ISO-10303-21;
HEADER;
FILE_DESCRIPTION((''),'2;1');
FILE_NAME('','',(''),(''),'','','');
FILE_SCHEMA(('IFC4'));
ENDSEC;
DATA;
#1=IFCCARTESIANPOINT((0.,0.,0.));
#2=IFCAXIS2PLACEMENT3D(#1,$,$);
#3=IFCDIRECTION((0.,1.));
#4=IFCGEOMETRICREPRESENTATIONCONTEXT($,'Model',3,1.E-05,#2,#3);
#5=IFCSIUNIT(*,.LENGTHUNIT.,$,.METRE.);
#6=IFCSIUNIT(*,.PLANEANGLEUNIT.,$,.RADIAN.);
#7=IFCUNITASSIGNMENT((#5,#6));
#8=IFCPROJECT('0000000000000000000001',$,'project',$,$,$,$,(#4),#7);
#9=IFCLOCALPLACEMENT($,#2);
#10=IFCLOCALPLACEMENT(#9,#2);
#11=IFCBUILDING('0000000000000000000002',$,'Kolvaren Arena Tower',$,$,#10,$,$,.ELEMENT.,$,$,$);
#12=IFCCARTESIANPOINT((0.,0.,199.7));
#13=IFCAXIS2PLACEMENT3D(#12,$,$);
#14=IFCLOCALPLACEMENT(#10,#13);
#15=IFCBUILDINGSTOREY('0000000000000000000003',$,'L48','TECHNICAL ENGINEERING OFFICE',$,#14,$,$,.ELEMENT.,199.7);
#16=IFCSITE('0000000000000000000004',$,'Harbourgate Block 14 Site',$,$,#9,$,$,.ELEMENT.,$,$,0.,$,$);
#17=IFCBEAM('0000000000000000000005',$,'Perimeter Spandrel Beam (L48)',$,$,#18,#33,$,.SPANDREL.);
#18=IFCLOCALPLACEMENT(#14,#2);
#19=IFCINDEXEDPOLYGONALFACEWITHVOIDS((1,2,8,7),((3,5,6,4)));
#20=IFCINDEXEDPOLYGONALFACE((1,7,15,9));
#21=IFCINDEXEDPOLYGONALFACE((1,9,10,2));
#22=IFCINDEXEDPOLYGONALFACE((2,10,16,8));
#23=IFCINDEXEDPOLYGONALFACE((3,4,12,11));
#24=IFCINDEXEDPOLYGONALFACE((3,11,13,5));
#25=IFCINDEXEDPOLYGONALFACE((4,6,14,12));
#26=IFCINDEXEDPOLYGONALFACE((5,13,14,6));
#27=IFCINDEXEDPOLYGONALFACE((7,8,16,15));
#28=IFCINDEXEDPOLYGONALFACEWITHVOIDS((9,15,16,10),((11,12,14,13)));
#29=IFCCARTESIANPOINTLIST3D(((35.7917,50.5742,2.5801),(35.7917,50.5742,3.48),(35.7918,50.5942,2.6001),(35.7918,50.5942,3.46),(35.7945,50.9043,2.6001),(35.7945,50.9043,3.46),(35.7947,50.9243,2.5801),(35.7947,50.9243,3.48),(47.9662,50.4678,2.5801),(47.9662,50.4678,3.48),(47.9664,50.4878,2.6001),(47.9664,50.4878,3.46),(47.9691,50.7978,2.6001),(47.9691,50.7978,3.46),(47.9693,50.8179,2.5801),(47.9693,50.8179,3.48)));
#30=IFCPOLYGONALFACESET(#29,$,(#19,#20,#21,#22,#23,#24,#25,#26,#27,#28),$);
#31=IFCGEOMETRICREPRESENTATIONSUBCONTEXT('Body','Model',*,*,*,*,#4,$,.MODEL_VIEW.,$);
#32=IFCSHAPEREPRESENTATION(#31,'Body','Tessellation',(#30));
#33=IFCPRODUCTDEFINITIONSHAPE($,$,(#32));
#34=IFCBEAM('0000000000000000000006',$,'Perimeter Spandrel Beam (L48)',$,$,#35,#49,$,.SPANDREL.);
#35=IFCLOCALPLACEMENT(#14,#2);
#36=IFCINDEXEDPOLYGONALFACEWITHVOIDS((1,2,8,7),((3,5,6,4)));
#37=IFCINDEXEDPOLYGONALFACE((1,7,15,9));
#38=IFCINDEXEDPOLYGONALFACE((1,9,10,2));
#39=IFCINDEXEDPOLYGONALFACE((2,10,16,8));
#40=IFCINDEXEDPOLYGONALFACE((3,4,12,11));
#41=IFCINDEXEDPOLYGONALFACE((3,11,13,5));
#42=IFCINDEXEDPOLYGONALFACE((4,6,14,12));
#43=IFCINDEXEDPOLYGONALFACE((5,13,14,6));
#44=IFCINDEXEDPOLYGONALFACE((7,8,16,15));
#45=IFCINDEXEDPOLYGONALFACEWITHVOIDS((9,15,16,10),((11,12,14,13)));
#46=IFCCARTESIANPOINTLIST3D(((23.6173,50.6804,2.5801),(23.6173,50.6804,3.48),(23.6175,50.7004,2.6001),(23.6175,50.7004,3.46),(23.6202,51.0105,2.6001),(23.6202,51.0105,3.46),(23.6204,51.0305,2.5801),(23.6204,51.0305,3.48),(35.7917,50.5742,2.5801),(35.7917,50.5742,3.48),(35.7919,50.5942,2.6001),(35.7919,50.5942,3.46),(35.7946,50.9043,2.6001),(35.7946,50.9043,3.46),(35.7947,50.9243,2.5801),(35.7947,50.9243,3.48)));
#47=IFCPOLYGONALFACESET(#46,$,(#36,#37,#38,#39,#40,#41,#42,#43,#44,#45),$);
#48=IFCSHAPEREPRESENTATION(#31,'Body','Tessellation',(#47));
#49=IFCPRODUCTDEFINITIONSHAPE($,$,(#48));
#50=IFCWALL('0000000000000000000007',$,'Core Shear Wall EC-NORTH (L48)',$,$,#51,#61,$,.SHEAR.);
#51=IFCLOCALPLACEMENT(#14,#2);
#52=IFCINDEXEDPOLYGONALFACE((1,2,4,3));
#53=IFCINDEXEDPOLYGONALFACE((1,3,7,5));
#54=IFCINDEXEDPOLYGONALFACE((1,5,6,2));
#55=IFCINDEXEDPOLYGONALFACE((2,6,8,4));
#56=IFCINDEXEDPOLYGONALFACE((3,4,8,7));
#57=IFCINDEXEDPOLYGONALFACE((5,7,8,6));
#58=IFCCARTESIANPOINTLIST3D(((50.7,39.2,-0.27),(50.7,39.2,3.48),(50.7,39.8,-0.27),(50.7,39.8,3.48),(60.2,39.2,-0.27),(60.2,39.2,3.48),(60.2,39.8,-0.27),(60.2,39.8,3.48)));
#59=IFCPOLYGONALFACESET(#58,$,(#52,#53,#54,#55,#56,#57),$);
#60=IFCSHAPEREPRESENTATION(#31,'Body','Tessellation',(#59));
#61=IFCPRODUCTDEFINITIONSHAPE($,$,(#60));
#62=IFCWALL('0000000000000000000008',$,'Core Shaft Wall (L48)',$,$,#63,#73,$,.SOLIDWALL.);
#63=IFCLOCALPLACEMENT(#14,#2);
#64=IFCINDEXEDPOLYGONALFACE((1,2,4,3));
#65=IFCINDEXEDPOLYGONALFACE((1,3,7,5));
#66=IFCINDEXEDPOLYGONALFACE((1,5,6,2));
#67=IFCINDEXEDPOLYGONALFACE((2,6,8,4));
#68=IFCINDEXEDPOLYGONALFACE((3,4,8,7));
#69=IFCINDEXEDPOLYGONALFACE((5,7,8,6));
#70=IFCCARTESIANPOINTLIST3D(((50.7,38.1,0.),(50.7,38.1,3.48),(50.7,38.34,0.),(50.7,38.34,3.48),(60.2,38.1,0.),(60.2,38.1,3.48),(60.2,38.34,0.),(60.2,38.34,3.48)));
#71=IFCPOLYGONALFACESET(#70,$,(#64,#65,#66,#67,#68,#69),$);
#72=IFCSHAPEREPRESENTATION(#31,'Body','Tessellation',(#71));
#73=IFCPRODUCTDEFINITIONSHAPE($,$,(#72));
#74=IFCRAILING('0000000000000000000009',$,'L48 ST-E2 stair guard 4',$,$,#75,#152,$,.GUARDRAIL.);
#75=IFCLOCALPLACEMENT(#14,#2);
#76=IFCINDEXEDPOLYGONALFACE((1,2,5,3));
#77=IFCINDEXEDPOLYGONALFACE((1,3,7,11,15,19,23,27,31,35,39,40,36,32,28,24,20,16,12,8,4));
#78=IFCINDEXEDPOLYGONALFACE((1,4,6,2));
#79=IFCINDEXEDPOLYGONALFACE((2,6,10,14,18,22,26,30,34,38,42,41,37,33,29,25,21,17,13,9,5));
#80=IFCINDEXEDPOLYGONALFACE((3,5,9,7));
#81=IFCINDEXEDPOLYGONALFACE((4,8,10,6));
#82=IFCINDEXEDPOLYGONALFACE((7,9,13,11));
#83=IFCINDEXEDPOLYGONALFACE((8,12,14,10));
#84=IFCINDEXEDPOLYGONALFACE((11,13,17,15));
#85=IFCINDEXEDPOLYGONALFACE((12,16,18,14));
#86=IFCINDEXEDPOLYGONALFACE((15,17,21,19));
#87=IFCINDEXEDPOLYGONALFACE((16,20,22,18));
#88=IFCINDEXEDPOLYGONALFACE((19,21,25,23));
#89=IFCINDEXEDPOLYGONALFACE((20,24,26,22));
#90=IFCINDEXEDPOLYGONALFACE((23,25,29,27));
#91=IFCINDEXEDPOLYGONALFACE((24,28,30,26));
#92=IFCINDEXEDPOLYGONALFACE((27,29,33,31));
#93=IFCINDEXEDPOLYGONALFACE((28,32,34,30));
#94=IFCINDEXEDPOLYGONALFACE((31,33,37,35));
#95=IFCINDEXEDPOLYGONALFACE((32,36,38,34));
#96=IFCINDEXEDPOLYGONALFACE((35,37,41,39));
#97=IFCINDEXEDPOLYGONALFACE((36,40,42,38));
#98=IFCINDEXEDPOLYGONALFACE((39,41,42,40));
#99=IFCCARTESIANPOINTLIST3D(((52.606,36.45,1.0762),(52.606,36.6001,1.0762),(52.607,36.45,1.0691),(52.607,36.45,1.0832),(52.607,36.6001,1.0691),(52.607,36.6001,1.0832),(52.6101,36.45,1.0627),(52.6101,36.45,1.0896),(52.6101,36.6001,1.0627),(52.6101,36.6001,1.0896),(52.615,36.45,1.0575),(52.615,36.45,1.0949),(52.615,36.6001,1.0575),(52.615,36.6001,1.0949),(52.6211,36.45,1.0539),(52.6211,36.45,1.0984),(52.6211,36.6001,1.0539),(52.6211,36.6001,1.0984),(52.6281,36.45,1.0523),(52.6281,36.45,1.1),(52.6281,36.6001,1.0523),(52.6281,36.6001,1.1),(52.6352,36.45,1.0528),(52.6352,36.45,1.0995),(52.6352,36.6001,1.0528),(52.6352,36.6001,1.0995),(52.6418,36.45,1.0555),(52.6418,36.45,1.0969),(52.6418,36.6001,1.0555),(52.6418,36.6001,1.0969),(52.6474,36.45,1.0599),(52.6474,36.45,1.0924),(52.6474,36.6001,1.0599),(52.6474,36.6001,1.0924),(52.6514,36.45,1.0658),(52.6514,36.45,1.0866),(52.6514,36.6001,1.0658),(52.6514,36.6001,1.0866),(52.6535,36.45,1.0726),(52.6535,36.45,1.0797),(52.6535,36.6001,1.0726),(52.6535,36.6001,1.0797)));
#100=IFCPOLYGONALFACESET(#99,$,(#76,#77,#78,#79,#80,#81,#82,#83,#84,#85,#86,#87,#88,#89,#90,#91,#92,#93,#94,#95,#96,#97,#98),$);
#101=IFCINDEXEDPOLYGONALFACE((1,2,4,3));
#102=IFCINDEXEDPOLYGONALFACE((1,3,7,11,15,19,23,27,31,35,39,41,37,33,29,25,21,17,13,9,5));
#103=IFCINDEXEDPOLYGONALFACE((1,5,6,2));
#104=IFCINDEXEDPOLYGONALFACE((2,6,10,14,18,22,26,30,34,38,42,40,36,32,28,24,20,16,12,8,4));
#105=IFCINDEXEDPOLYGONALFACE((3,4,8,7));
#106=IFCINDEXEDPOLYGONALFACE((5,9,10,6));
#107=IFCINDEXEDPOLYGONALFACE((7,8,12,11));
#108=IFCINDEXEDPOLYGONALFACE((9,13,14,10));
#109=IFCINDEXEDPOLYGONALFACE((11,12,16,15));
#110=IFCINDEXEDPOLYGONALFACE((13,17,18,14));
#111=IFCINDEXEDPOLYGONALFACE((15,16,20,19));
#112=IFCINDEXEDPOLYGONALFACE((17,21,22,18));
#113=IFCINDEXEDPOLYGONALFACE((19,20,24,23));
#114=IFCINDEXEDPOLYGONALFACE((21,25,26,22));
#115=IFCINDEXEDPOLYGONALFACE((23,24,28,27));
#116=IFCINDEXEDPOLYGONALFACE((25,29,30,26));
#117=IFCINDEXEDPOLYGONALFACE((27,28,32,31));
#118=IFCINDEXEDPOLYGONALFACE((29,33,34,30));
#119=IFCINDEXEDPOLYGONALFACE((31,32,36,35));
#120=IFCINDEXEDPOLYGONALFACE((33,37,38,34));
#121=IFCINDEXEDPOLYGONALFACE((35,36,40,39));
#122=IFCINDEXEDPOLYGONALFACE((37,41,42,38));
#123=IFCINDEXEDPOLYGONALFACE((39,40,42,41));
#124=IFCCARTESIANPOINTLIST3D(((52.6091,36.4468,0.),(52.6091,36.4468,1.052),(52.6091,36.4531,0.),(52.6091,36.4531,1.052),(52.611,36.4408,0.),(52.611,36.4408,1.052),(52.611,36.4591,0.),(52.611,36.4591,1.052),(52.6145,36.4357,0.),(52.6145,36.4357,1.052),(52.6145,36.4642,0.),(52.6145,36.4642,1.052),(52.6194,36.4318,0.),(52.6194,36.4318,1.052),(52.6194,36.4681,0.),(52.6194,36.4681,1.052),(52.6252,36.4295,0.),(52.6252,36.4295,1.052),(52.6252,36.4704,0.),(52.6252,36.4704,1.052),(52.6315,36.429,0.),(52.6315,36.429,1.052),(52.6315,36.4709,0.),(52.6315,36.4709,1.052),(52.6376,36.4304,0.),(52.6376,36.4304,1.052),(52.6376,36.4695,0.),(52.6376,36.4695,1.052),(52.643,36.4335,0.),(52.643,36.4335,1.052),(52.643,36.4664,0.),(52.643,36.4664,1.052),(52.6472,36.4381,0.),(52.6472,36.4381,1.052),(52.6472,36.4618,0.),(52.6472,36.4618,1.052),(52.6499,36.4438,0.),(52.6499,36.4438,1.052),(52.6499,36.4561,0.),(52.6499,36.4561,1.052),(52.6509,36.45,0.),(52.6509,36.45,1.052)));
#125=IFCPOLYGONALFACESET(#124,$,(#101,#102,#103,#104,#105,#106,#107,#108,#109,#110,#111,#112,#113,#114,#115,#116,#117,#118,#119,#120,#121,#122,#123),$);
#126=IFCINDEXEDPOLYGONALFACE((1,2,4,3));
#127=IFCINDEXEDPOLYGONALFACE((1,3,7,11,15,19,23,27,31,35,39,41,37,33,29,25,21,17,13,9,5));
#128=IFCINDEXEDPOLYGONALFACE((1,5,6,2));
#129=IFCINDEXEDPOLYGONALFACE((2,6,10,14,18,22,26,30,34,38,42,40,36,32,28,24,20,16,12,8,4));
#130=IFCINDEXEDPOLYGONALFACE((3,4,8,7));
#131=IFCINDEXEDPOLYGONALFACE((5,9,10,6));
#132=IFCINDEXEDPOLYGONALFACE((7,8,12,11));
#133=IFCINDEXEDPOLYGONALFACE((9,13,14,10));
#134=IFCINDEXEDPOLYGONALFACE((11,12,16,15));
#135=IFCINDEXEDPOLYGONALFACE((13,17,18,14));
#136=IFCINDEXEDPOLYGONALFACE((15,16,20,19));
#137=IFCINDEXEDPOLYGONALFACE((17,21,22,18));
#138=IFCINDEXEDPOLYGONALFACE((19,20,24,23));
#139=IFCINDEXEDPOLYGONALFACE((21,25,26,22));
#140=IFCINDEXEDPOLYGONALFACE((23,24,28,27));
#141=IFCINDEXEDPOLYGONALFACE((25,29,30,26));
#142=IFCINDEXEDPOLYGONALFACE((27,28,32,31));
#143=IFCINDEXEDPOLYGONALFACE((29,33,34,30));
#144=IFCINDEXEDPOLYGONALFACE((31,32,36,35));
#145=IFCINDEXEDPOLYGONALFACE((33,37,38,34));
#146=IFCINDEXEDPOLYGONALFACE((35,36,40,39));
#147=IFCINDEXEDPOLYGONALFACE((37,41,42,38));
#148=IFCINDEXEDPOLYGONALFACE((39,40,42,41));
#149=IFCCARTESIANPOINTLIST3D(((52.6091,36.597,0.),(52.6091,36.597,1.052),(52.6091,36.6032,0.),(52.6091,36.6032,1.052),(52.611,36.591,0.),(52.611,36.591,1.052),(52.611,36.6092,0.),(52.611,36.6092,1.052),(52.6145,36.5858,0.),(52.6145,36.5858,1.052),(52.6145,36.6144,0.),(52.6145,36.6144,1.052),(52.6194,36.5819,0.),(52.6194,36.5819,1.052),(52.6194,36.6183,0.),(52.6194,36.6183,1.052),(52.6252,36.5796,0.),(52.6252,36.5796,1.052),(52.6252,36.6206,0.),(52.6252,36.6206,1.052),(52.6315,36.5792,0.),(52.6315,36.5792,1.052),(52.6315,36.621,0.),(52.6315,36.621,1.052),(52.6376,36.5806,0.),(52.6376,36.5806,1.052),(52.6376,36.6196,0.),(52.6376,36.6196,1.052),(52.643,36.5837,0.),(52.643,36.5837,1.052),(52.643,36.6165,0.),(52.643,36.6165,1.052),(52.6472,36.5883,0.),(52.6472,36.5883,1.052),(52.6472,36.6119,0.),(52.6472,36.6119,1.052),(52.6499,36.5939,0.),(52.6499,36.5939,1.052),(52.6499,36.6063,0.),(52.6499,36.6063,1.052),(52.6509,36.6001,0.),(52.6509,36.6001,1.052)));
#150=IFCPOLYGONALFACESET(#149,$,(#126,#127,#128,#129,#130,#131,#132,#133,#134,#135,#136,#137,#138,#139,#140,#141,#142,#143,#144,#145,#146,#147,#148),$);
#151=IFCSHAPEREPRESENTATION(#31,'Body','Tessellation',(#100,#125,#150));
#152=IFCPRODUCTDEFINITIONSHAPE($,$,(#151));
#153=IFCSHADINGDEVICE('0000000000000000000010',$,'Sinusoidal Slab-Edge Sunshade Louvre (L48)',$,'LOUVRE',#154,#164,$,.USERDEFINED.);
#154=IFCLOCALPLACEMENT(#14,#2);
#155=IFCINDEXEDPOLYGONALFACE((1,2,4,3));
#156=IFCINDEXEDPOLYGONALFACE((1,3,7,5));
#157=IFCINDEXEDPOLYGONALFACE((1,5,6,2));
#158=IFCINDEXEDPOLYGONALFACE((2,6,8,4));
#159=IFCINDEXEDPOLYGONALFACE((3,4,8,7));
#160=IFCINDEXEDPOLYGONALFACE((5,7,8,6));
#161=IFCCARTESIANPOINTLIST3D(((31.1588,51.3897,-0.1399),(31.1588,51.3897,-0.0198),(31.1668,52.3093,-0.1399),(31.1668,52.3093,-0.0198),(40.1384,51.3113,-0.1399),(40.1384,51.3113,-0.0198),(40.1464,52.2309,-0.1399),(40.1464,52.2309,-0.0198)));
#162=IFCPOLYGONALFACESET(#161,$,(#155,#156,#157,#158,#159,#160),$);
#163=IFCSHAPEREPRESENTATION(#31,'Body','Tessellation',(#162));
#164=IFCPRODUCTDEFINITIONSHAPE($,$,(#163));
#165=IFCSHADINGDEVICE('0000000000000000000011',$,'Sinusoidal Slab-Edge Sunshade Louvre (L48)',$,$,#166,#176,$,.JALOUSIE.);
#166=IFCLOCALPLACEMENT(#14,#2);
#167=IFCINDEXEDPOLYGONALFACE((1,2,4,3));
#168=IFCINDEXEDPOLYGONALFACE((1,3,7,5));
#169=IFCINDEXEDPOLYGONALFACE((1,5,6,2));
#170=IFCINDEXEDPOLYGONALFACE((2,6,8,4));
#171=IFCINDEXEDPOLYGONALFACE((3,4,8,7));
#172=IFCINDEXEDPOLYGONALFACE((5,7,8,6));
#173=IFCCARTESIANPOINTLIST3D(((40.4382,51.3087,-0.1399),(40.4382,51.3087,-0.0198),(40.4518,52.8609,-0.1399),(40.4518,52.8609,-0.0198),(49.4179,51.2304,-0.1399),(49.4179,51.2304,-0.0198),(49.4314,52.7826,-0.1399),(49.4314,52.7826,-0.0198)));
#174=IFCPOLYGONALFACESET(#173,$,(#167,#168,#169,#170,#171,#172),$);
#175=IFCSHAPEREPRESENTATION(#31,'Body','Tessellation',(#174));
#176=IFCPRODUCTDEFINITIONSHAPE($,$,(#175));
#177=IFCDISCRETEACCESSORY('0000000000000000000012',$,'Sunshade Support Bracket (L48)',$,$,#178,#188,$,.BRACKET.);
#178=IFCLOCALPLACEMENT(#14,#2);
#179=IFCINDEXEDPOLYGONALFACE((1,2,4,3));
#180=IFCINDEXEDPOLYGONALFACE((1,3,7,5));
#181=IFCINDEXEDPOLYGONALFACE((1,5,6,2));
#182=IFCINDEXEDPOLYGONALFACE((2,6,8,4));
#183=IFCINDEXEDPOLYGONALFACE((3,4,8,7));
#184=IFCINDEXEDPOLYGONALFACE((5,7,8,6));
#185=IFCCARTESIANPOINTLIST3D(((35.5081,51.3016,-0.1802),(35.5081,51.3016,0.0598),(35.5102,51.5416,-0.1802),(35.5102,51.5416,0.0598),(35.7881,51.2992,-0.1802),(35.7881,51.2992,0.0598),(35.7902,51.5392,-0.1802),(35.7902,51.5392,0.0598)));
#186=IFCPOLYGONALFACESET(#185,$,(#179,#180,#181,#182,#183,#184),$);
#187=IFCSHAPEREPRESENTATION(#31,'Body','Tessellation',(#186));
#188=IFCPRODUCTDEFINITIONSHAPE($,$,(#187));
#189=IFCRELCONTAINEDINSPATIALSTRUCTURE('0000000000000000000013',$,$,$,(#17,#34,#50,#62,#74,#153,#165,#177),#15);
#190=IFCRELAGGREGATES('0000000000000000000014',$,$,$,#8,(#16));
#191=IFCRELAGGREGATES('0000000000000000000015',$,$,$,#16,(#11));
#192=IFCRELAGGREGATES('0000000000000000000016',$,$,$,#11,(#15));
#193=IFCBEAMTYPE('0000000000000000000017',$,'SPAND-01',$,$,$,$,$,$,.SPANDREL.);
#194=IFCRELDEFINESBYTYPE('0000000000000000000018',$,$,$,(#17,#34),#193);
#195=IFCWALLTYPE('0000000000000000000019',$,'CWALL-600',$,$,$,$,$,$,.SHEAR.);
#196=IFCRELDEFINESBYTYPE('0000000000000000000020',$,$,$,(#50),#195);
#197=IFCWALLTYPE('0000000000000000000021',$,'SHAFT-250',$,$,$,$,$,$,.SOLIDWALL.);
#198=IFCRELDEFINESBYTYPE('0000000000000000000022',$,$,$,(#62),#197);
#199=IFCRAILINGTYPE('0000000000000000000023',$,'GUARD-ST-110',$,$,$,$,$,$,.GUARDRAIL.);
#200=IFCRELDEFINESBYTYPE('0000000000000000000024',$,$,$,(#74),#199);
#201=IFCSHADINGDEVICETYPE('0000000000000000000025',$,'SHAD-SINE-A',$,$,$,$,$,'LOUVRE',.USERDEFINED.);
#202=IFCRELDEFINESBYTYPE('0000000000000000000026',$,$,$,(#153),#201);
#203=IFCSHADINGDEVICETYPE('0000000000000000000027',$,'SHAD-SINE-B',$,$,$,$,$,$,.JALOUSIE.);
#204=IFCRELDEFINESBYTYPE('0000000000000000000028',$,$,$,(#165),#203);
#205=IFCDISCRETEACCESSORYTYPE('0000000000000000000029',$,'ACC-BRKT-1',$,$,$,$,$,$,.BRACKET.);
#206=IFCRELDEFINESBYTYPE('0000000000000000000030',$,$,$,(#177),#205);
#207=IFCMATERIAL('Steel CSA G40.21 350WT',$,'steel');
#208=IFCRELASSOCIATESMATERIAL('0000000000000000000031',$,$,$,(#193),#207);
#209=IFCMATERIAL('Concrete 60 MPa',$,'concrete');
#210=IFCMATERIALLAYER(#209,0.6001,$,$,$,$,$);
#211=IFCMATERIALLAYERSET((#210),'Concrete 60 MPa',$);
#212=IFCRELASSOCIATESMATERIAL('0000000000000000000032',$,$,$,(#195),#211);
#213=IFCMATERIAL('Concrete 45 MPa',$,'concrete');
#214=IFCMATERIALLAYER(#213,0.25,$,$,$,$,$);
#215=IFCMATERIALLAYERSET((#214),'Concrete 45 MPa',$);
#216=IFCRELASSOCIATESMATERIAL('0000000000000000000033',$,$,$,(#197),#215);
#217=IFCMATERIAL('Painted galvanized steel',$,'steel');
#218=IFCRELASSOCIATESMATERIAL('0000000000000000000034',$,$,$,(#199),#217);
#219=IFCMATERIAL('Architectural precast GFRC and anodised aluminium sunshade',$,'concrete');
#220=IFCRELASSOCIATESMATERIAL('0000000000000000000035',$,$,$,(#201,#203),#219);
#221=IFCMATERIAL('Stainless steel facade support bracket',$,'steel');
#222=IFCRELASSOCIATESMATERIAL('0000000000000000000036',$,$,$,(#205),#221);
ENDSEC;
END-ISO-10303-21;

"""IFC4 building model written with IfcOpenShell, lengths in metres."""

from ifc_helpers import new_model, si_unit, direction, frame, frame_2d, origin, origin_2d, place, context, subcontext, project, spatial, rectangle, hollow_rectangle, circle, extrude, material, layer, layer_set, material_profile, profile_set, type_object, element, save


model = new_model("IFC4")

# Units and contexts
model_context = context("Model", 3, precision=1e-05, world=origin(), true_north=direction((0.0, 1.0)))
body_context = subcontext(model_context, "Body", "Model", "MODEL_VIEW")
ifc_project = project(units=[si_unit("LENGTHUNIT", "METRE"), si_unit("PLANEANGLEUNIT", "RADIAN")], contexts=[model_context])

# Site, building, storey
site_placement = place(None, origin())
site = spatial("IfcSite", under=ifc_project, at=site_placement, Name="Harbourgate Block 14 Site", CompositionType="ELEMENT", RefElevation=0.0)
building_placement = place(site_placement, origin())
building = spatial("IfcBuilding", under=site, at=building_placement, Name="Kolvaren Arena Tower", CompositionType="ELEMENT")
storey_placement = place(building_placement, frame((0.0, 0.0, 199.7)))
storey = spatial("IfcBuildingStorey", under=building, at=storey_placement, Name="L48", Description="TECHNICAL ENGINEERING OFFICE", CompositionType="ELEMENT", Elevation=199.7)

# Beams
ifc_material_1 = material(Name="Steel CSA G40.21 350WT", Category="steel")
ifc_material_profile_1 = material_profile(ifc_material_1, hollow_rectangle(XDim=0.3501, YDim=0.8999, WallThickness=0.02, at=origin_2d()), Name="HSS 900x350x20")
ifc_profile_set_1 = profile_set([ifc_material_profile_1], Name="Steel CSA G40.21 350WT")
beam_type_1 = type_object("IfcBeamType", Name="SPAND-01", PredefinedType="SPANDREL", material=ifc_profile_set_1)
beam_1_placement = place(storey_placement, frame((47.9678, 50.6428, 3.03), z_axis=(-0.999962, 0.008743, 0.0), x_axis=(-0.008743, -0.999962, 0.0)))
element("IfcBeam", 1, at=beam_1_placement, inside=storey, type_object=beam_type_1, Name="Perimeter Spandrel Beam (L48)", PredefinedType="SPANDREL", context=body_context, shape_type="SweptSolid", body=[
    extrude(hollow_rectangle(XDim=0.3501, YDim=0.8999, WallThickness=0.02, at=origin_2d()), origin(), (0.0, 0.0, 1.0), 12.175),
])
beam_2_placement = place(storey_placement, frame((35.7932, 50.7493, 3.03), z_axis=(-0.999962, 0.008723, 0.0), x_axis=(-0.008723, -0.999962, 0.0)))
element("IfcBeam", 2, at=beam_2_placement, inside=storey, type_object=beam_type_1, Name="Perimeter Spandrel Beam (L48)", PredefinedType="SPANDREL", context=body_context, shape_type="SweptSolid", body=[
    extrude(hollow_rectangle(XDim=0.3501, YDim=0.8999, WallThickness=0.02, at=origin_2d()), origin(), (0.0, 0.0, 1.0), 12.1748),
])

# Walls
ifc_material_2 = material(Name="Concrete 60 MPa", Category="concrete")
ifc_layer_1 = layer(ifc_material_2, 0.6001)
ifc_layer_set_1 = layer_set([ifc_layer_1], Name="Concrete 60 MPa")
wall_type_1 = type_object("IfcWallType", Name="CWALL-600", PredefinedType="SHEAR", material=ifc_layer_set_1)
wall_1_placement = place(storey_placement, frame((50.7, 39.5, -0.27), z_axis=(0.0, 0.0, 1.0), x_axis=(1.0, 0.0, 0.0)))
element("IfcWall", 3, at=wall_1_placement, inside=storey, type_object=wall_type_1, Name="Core Shear Wall EC-NORTH (L48)", PredefinedType="SHEAR", context=body_context, shape_type="SweptSolid", body=[
    extrude(rectangle(XDim=9.5, YDim=0.6001, at=frame_2d((4.75, 0.0))), origin(), (0.0, 0.0, 1.0), 3.75),
])
ifc_material_3 = material(Name="Concrete 45 MPa", Category="concrete")
ifc_layer_2 = layer(ifc_material_3, 0.25)
ifc_layer_set_2 = layer_set([ifc_layer_2], Name="Concrete 45 MPa")
wall_type_2 = type_object("IfcWallType", Name="SHAFT-250", PredefinedType="SOLIDWALL", material=ifc_layer_set_2)
wall_2_placement = place(storey_placement, frame((50.7, 38.22, 0.0), z_axis=(0.0, 0.0, 1.0), x_axis=(1.0, 0.0, 0.0)))
element("IfcWall", 4, at=wall_2_placement, inside=storey, type_object=wall_type_2, Name="Core Shaft Wall (L48)", PredefinedType="SOLIDWALL", context=body_context, shape_type="SweptSolid", body=[
    extrude(rectangle(XDim=9.5, YDim=0.24, at=frame_2d((4.75, 0.0))), origin(), (0.0, 0.0, 1.0), 3.48),
])

# Railing
ifc_material_4 = material(Name="Painted galvanized steel", Category="steel")
railing_type = type_object("IfcRailingType", Name="GUARD-ST-110", PredefinedType="GUARDRAIL", material=ifc_material_4)
railing_placement = place(storey_placement, frame((52.6299, 36.45, 0.0)))
element("IfcRailing", 5, at=railing_placement, inside=storey, type_object=railing_type, Name="L48 ST-E2 stair guard 4", PredefinedType="GUARDRAIL", context=body_context, shape_type="SweptSolid", body=[
    extrude(circle(Radius=0.0239, at=origin_2d()), frame((0.0, 0.0, 1.0762), z_axis=(0.0, 1.0, 0.0), x_axis=(-1.0, 0.0, 0.0)), (0.0, 0.0, 1.0), 0.1501),
    extrude(circle(Radius=0.021, at=origin_2d()), origin(), (0.0, 0.0, 1.0), 1.052),
    extrude(circle(Radius=0.021, at=origin_2d()), frame((0.0, 0.1501, 0.0)), (0.0, 0.0, 1.0), 1.052),
])

# Shading devices
ifc_material_5 = material(Name="Architectural precast GFRC and anodised aluminium sunshade", Category="concrete")
shading_device_type_1 = type_object("IfcShadingDeviceType", Name="SHAD-SINE-A", ElementType="LOUVRE", PredefinedType="USERDEFINED", material=ifc_material_5)
shading_device_1_placement = place(storey_placement, frame((35.6526, 51.8103, -0.1399), z_axis=(0.0, 0.0, 1.0), x_axis=(0.999962, -0.008727, 0.0)))
element("IfcShadingDevice", 6, at=shading_device_1_placement, inside=storey, type_object=shading_device_type_1, Name="Sinusoidal Slab-Edge Sunshade Louvre (L48)", ObjectType="LOUVRE", PredefinedType="USERDEFINED", context=body_context, shape_type="SweptSolid", body=[
    extrude(rectangle(XDim=8.98, YDim=0.9197, at=origin_2d()), origin(), (0.0, 0.0, 1.0), 0.1201),
])
shading_device_type_2 = type_object("IfcShadingDeviceType", Name="SHAD-SINE-B", PredefinedType="JALOUSIE", material=ifc_material_5)
shading_device_2_placement = place(storey_placement, frame((44.9348, 52.0457, -0.1399), z_axis=(0.0, 0.0, 1.0), x_axis=(0.999962, -0.008727, 0.0)))
element("IfcShadingDevice", 7, at=shading_device_2_placement, inside=storey, type_object=shading_device_type_2, Name="Sinusoidal Slab-Edge Sunshade Louvre (L48)", PredefinedType="JALOUSIE", context=body_context, shape_type="SweptSolid", body=[
    extrude(rectangle(XDim=8.98, YDim=1.5522, at=origin_2d()), origin(), (0.0, 0.0, 1.0), 0.1201),
])

# Discrete accessory
ifc_material_6 = material(Name="Stainless steel facade support bracket", Category="steel")
discrete_accessory_type = type_object("IfcDiscreteAccessoryType", Name="ACC-BRKT-1", PredefinedType="BRACKET", material=ifc_material_6)
for number, where, z_axis, x_axis, name in (
    (8, (35.6492, 51.4204, -0.1802), (0.0, 0.0, 1.0), (0.999962, -0.008727, 0.0), "Sunshade Support Bracket (L48)"),
):
    element("IfcDiscreteAccessory", number, at=place(storey_placement, frame(where, z_axis=z_axis, x_axis=x_axis)), inside=storey, type_object=discrete_accessory_type, Name=name, PredefinedType="BRACKET", context=body_context, shape_type="SweptSolid", body=[
        extrude(rectangle(XDim=0.28, YDim=0.24, at=origin_2d()), origin(), (0.0, 0.0, 1.0), 0.24),
    ])

save(model, "model.ifc")
